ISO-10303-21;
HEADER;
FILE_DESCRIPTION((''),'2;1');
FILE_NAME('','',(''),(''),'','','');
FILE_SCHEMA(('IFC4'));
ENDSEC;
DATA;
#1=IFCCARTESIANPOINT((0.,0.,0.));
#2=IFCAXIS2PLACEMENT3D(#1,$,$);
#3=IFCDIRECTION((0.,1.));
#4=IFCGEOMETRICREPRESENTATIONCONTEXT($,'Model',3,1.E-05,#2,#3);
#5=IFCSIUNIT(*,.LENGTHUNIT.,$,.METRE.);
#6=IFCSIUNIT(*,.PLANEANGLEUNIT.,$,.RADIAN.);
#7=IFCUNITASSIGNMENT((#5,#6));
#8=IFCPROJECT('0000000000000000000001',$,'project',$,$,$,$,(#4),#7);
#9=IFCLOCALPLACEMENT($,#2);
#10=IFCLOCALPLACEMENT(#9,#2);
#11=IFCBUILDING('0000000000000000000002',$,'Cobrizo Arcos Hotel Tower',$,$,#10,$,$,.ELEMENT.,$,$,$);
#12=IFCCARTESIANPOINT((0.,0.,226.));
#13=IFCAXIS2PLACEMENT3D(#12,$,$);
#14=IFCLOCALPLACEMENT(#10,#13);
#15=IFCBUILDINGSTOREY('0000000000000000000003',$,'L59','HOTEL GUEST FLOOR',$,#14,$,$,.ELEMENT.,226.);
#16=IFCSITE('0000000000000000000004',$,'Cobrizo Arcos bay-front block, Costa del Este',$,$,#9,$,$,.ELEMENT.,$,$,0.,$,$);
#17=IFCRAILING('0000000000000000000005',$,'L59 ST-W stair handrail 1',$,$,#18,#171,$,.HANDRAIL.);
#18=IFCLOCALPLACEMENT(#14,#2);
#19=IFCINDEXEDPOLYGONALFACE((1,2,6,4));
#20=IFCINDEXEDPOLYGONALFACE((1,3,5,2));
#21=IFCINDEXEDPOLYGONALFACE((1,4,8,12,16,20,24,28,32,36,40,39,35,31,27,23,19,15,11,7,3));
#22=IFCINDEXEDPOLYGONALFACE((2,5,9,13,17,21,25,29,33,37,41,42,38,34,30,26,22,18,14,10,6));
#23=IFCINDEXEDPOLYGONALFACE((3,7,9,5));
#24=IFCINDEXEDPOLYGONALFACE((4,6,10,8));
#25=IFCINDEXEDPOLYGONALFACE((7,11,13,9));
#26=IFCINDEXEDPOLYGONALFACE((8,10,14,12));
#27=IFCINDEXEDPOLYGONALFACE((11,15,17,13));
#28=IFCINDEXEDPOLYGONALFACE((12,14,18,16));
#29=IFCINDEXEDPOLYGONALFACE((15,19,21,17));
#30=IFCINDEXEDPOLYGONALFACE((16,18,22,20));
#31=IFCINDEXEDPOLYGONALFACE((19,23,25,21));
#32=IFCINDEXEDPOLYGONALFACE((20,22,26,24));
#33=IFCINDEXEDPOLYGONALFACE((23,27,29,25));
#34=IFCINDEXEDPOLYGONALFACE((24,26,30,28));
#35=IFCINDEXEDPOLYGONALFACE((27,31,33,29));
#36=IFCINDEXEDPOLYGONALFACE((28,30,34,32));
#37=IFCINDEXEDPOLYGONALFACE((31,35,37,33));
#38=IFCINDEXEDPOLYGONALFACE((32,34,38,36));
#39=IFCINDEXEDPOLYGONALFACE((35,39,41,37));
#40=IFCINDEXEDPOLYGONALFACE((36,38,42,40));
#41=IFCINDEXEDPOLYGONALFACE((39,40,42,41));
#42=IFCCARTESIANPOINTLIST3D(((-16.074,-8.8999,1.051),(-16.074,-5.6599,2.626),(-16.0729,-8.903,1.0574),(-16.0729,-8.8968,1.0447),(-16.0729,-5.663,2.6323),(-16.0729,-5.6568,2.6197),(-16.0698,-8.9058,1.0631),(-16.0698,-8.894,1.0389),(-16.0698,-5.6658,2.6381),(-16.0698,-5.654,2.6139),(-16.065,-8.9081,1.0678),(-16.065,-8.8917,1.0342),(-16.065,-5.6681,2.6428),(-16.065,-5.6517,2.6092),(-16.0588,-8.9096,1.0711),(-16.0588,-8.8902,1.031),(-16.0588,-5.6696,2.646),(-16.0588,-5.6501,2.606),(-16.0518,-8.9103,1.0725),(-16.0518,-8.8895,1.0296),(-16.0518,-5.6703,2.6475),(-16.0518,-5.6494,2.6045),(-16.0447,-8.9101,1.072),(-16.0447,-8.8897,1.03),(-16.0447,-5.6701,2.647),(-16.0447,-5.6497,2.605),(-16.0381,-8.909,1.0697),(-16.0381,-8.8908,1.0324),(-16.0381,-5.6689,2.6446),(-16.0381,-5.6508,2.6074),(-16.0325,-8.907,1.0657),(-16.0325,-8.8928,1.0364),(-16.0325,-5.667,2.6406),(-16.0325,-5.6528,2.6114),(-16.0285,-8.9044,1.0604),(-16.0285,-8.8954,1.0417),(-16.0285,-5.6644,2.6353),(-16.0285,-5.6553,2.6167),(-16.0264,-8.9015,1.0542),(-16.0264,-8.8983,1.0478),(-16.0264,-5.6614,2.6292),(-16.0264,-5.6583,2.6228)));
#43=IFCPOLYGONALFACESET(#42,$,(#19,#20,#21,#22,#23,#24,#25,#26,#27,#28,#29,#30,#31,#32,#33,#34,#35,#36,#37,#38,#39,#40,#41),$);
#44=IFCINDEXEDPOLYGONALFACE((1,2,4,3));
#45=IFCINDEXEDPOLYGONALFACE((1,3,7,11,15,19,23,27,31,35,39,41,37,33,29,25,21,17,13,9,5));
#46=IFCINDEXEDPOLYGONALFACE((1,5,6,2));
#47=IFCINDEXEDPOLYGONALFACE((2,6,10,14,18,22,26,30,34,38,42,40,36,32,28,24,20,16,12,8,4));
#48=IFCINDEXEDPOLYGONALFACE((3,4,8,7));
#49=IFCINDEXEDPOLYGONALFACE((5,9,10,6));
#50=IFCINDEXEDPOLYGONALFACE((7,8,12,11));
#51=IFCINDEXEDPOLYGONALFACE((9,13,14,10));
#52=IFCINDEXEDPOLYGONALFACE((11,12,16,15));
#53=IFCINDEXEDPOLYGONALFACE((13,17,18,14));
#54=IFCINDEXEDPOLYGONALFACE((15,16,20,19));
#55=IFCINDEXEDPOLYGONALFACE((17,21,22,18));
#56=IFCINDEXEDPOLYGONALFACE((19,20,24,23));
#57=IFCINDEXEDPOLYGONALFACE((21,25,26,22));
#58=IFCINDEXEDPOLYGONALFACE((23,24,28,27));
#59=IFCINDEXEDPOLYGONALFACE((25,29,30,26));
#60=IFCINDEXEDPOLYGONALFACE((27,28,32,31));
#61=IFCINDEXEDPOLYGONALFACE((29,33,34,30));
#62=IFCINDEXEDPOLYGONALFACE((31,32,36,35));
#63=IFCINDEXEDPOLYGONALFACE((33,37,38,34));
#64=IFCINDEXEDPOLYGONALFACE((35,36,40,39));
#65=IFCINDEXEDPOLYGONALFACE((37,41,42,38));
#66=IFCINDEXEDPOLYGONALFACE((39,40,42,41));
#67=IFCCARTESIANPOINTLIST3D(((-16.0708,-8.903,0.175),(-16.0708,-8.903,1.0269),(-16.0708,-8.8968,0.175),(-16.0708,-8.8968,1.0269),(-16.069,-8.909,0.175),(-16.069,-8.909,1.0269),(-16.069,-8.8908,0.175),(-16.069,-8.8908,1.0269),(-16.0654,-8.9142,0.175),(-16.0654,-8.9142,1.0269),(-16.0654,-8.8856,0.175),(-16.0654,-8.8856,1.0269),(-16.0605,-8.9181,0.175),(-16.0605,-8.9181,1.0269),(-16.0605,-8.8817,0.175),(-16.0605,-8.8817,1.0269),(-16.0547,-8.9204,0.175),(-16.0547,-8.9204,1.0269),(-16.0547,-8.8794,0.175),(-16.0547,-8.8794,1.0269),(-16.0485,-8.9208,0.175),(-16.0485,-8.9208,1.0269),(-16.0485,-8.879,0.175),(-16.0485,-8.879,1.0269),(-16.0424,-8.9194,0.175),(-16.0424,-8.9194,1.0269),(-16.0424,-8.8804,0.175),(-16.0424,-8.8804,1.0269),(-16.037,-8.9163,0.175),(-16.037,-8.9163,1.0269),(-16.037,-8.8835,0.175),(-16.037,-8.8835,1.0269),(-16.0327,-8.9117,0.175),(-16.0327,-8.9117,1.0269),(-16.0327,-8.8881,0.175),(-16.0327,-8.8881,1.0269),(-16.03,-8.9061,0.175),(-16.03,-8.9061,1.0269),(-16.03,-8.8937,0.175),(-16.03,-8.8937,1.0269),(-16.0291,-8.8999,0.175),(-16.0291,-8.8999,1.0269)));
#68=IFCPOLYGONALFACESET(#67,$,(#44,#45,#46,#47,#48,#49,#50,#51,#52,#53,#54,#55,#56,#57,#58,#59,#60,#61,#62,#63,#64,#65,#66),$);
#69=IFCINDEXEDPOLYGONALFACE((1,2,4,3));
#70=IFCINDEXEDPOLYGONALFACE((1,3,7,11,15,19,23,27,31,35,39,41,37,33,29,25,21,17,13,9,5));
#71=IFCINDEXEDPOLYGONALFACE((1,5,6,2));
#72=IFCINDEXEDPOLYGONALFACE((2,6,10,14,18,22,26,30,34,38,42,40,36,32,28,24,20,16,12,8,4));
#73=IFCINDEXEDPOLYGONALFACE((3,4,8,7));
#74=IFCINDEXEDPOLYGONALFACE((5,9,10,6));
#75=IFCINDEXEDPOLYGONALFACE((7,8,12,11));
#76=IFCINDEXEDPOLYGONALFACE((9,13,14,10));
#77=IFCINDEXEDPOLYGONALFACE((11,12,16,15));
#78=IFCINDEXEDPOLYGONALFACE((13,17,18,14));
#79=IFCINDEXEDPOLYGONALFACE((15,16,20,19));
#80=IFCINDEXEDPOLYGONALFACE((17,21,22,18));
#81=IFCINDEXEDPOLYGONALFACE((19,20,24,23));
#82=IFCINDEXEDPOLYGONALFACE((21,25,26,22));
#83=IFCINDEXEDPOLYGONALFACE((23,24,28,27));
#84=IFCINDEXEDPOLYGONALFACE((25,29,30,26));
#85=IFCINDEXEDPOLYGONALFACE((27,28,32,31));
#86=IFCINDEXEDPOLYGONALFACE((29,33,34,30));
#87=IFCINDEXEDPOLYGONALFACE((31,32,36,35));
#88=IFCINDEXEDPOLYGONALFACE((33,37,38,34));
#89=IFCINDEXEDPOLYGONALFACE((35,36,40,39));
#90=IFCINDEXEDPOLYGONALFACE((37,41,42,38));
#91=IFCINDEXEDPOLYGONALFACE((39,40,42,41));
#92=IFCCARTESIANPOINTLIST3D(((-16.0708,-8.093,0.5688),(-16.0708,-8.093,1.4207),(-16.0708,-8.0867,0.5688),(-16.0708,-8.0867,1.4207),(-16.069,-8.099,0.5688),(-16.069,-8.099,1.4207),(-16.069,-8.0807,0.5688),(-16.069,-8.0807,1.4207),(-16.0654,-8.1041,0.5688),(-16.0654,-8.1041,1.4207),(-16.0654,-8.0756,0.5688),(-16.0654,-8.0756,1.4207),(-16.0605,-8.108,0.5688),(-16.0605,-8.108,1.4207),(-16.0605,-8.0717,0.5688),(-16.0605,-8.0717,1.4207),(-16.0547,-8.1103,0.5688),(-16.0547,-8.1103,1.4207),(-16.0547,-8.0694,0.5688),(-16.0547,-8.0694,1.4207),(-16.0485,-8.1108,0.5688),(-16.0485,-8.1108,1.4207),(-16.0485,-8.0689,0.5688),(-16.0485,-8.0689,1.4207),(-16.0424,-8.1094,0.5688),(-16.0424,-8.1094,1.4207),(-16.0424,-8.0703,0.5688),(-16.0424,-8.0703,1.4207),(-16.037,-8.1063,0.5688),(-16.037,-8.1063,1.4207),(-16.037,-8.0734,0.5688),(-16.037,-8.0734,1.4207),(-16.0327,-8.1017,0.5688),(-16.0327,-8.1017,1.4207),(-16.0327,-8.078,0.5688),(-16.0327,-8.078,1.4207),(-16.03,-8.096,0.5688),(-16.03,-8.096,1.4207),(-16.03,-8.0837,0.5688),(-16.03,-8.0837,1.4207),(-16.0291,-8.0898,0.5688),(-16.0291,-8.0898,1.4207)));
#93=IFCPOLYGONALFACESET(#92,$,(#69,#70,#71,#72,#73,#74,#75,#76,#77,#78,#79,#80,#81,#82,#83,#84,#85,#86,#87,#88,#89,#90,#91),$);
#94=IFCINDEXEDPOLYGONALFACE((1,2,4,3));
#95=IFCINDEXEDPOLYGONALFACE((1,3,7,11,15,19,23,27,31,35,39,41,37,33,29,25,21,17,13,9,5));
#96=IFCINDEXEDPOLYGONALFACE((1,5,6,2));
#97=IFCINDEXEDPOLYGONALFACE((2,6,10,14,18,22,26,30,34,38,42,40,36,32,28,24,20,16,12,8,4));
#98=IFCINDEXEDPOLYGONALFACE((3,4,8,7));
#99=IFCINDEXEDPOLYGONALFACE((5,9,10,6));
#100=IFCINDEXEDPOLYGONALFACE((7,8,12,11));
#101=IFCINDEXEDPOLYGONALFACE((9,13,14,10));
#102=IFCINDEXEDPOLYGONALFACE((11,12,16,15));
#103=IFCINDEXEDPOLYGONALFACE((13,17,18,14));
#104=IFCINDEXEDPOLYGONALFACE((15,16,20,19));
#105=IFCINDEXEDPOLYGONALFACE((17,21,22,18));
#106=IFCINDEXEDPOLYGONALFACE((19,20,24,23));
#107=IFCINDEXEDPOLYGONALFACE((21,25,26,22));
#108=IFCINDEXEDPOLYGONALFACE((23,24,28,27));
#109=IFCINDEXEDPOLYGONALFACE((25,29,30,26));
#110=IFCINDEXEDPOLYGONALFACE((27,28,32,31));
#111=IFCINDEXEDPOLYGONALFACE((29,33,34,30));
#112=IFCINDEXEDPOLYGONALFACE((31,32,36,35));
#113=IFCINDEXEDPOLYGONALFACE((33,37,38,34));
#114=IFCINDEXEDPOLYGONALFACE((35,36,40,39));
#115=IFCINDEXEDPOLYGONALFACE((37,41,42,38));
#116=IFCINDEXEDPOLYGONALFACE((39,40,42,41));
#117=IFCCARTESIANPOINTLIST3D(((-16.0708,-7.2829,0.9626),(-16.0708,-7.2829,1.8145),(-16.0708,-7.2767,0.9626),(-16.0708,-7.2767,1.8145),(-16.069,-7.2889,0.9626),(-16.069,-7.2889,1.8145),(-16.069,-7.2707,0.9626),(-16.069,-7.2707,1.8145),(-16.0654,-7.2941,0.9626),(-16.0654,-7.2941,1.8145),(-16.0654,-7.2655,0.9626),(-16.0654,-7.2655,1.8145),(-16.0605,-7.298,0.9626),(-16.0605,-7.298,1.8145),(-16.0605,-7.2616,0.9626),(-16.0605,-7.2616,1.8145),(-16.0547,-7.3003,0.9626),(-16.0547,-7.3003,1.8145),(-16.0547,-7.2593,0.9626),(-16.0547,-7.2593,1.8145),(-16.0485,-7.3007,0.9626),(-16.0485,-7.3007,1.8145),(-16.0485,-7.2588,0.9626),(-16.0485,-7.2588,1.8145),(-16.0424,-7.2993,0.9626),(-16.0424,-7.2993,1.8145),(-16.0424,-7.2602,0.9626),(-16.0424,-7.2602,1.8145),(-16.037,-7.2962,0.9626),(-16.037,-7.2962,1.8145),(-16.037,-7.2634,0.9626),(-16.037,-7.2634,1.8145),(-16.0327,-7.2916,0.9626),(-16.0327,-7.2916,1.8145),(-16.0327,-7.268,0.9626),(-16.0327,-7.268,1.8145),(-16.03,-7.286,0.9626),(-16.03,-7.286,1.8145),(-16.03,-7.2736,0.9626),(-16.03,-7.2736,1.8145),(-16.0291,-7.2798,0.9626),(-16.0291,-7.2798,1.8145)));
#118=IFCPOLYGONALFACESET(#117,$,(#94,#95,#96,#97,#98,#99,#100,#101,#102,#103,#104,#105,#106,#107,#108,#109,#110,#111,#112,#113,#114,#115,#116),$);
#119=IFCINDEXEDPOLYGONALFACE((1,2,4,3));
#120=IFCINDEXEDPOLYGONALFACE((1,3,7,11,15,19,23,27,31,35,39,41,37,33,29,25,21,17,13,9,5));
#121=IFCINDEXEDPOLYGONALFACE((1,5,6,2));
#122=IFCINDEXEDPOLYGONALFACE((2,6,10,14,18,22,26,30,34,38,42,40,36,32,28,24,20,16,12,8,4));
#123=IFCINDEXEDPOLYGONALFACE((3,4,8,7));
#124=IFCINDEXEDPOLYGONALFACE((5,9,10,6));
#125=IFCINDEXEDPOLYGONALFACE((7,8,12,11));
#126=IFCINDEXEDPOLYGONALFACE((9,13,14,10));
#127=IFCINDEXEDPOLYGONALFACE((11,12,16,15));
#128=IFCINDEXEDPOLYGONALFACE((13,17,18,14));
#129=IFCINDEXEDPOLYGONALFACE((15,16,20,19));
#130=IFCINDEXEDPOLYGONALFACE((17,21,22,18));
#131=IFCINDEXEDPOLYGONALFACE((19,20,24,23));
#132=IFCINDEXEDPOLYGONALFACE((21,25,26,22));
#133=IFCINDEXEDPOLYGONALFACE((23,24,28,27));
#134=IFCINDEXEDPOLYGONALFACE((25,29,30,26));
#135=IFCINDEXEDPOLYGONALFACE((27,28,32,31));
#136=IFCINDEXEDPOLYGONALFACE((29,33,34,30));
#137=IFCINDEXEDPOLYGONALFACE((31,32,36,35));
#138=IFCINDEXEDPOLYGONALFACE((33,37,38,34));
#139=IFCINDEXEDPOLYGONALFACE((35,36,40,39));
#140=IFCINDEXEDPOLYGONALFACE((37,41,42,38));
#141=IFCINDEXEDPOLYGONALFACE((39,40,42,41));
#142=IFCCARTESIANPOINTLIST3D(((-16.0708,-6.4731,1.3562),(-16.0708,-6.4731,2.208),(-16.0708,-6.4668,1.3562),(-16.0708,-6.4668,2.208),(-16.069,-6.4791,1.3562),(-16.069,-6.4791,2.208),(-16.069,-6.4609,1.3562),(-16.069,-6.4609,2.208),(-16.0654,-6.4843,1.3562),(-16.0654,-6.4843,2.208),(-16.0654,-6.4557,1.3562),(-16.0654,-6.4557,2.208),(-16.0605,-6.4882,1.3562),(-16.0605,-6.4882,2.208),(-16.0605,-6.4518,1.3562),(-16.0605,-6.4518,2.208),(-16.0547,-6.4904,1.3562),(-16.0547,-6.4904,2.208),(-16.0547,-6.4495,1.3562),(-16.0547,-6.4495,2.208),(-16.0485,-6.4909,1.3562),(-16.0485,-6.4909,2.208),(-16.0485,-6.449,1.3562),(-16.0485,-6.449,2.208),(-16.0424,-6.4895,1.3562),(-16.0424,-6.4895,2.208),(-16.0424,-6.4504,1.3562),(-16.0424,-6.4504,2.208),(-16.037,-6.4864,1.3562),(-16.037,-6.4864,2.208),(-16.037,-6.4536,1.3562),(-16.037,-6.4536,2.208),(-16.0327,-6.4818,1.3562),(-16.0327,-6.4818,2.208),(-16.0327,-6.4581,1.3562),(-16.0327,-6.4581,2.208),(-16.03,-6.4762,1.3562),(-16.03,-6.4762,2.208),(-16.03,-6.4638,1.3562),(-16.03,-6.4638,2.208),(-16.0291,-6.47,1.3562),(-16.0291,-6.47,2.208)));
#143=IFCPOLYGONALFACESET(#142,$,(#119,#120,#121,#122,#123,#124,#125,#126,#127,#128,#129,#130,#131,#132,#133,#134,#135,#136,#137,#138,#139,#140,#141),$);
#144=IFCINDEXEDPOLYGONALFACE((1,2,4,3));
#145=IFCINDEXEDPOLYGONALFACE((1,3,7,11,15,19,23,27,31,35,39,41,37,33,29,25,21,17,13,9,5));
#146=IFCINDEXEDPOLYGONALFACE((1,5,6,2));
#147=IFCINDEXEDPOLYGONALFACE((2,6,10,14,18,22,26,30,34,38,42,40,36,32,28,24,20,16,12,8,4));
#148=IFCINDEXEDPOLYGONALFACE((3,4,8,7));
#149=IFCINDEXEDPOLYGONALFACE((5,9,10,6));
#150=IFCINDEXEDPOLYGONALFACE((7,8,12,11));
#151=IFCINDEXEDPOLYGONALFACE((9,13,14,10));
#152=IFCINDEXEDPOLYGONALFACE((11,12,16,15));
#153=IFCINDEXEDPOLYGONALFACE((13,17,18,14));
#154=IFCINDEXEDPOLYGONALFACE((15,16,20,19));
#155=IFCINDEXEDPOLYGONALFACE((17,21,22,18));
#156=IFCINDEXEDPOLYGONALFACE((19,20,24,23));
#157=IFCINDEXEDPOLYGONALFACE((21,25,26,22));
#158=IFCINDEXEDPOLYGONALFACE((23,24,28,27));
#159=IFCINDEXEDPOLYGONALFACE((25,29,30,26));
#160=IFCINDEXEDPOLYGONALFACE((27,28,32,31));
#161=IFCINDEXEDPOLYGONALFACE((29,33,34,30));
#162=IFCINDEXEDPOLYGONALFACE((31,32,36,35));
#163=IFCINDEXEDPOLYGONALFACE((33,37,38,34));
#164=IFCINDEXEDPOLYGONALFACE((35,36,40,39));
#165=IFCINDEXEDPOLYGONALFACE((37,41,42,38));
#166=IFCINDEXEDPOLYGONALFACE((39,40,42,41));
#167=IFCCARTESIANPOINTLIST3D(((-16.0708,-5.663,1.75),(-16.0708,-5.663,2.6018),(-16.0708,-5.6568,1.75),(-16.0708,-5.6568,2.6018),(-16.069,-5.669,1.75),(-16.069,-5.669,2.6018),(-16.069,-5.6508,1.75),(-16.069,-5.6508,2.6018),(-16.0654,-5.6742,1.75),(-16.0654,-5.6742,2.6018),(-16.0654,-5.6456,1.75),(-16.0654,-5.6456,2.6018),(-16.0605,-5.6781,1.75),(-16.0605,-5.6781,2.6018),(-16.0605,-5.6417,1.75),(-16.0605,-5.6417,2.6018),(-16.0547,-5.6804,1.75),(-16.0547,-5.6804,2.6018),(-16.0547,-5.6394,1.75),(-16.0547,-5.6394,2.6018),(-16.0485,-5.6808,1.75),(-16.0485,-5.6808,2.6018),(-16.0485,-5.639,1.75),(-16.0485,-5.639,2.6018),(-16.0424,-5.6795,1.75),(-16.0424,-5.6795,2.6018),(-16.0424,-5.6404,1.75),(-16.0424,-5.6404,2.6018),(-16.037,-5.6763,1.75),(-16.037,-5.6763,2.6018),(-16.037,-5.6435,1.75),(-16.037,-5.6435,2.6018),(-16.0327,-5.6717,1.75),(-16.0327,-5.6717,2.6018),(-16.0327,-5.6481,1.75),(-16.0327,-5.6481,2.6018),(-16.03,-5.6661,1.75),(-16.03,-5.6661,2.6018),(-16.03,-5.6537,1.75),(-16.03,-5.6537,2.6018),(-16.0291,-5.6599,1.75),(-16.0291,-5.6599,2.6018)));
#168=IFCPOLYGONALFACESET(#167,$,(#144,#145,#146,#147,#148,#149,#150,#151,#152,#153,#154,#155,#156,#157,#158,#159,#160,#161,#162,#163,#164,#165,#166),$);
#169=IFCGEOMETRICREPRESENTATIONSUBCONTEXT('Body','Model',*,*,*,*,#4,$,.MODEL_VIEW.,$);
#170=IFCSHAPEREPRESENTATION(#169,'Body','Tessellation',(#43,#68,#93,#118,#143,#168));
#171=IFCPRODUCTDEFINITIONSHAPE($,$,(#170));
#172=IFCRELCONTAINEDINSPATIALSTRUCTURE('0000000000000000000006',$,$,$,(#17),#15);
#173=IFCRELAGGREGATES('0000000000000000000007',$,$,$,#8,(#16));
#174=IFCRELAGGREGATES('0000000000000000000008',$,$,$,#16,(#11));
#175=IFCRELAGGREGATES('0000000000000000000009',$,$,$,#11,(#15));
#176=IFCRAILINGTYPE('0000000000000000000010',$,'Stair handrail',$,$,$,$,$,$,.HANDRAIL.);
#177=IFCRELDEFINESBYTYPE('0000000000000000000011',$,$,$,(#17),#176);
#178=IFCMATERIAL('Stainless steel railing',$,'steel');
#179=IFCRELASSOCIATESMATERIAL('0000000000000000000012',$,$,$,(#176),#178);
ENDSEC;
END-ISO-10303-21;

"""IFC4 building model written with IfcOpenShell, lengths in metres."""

from ifc_helpers import new_model, si_unit, direction, frame, origin, origin_2d, place, context, subcontext, project, spatial, circle, extrude, material, type_object, element, save


model = new_model("IFC4")

# Units and contexts
model_context = context("Model", 3, precision=1e-05, world=origin(), true_north=direction((0.0, 1.0)))
body_context = subcontext(model_context, "Body", "Model", "MODEL_VIEW")
ifc_project = project(units=[si_unit("LENGTHUNIT", "METRE"), si_unit("PLANEANGLEUNIT", "RADIAN")], contexts=[model_context])

# Site, building, storey
site_placement = place(None, origin())
site = spatial("IfcSite", under=ifc_project, at=site_placement, Name="Cobrizo Arcos bay-front block, Costa del Este", CompositionType="ELEMENT", RefElevation=0.0)
building_placement = place(site_placement, origin())
building = spatial("IfcBuilding", under=site, at=building_placement, Name="Cobrizo Arcos Hotel Tower", CompositionType="ELEMENT")
storey_placement = place(building_placement, frame((0.0, 0.0, 226.0)))
storey = spatial("IfcBuildingStorey", under=building, at=storey_placement, Name="L59", Description="HOTEL GUEST FLOOR", CompositionType="ELEMENT", Elevation=226.0)

# Railing
ifc_material_1 = material(Name="Stainless steel railing", Category="steel")
railing_type_1 = type_object("IfcRailingType", Name="Stair handrail", PredefinedType="HANDRAIL", material=ifc_material_1)
railing_1_placement = place(storey_placement, frame((-16.05, -8.8999, 0.175)))
element("IfcRailing", 1, at=railing_1_placement, inside=storey, type_object=railing_type_1, Name="L59 ST-W stair handrail 1", PredefinedType="HANDRAIL", context=body_context, shape_type="SweptSolid", body=[
    extrude(circle(Radius=0.0239, at=origin_2d()), frame((0.0, 0.0, 0.876), z_axis=(0.0, 0.899373, 0.437183), x_axis=(-1.0, 0.0, 0.0)), (0.0, 0.0, 1.0), 3.6025),
    extrude(circle(Radius=0.021, at=origin_2d()), origin(), (0.0, 0.0, 1.0), 0.8518),
    extrude(circle(Radius=0.021, at=origin_2d()), frame((0.0, 0.8101, 0.3938)), (0.0, 0.0, 1.0), 0.8518),
    extrude(circle(Radius=0.021, at=origin_2d()), frame((0.0, 1.6201, 0.7876)), (0.0, 0.0, 1.0), 0.8518),
    extrude(circle(Radius=0.021, at=origin_2d()), frame((0.0, 2.4299, 1.1812)), (0.0, 0.0, 1.0), 0.8518),
    extrude(circle(Radius=0.021, at=origin_2d()), frame((0.0, 3.24, 1.575)), (0.0, 0.0, 1.0), 0.8518),
])

save(model, "model.ifc")
